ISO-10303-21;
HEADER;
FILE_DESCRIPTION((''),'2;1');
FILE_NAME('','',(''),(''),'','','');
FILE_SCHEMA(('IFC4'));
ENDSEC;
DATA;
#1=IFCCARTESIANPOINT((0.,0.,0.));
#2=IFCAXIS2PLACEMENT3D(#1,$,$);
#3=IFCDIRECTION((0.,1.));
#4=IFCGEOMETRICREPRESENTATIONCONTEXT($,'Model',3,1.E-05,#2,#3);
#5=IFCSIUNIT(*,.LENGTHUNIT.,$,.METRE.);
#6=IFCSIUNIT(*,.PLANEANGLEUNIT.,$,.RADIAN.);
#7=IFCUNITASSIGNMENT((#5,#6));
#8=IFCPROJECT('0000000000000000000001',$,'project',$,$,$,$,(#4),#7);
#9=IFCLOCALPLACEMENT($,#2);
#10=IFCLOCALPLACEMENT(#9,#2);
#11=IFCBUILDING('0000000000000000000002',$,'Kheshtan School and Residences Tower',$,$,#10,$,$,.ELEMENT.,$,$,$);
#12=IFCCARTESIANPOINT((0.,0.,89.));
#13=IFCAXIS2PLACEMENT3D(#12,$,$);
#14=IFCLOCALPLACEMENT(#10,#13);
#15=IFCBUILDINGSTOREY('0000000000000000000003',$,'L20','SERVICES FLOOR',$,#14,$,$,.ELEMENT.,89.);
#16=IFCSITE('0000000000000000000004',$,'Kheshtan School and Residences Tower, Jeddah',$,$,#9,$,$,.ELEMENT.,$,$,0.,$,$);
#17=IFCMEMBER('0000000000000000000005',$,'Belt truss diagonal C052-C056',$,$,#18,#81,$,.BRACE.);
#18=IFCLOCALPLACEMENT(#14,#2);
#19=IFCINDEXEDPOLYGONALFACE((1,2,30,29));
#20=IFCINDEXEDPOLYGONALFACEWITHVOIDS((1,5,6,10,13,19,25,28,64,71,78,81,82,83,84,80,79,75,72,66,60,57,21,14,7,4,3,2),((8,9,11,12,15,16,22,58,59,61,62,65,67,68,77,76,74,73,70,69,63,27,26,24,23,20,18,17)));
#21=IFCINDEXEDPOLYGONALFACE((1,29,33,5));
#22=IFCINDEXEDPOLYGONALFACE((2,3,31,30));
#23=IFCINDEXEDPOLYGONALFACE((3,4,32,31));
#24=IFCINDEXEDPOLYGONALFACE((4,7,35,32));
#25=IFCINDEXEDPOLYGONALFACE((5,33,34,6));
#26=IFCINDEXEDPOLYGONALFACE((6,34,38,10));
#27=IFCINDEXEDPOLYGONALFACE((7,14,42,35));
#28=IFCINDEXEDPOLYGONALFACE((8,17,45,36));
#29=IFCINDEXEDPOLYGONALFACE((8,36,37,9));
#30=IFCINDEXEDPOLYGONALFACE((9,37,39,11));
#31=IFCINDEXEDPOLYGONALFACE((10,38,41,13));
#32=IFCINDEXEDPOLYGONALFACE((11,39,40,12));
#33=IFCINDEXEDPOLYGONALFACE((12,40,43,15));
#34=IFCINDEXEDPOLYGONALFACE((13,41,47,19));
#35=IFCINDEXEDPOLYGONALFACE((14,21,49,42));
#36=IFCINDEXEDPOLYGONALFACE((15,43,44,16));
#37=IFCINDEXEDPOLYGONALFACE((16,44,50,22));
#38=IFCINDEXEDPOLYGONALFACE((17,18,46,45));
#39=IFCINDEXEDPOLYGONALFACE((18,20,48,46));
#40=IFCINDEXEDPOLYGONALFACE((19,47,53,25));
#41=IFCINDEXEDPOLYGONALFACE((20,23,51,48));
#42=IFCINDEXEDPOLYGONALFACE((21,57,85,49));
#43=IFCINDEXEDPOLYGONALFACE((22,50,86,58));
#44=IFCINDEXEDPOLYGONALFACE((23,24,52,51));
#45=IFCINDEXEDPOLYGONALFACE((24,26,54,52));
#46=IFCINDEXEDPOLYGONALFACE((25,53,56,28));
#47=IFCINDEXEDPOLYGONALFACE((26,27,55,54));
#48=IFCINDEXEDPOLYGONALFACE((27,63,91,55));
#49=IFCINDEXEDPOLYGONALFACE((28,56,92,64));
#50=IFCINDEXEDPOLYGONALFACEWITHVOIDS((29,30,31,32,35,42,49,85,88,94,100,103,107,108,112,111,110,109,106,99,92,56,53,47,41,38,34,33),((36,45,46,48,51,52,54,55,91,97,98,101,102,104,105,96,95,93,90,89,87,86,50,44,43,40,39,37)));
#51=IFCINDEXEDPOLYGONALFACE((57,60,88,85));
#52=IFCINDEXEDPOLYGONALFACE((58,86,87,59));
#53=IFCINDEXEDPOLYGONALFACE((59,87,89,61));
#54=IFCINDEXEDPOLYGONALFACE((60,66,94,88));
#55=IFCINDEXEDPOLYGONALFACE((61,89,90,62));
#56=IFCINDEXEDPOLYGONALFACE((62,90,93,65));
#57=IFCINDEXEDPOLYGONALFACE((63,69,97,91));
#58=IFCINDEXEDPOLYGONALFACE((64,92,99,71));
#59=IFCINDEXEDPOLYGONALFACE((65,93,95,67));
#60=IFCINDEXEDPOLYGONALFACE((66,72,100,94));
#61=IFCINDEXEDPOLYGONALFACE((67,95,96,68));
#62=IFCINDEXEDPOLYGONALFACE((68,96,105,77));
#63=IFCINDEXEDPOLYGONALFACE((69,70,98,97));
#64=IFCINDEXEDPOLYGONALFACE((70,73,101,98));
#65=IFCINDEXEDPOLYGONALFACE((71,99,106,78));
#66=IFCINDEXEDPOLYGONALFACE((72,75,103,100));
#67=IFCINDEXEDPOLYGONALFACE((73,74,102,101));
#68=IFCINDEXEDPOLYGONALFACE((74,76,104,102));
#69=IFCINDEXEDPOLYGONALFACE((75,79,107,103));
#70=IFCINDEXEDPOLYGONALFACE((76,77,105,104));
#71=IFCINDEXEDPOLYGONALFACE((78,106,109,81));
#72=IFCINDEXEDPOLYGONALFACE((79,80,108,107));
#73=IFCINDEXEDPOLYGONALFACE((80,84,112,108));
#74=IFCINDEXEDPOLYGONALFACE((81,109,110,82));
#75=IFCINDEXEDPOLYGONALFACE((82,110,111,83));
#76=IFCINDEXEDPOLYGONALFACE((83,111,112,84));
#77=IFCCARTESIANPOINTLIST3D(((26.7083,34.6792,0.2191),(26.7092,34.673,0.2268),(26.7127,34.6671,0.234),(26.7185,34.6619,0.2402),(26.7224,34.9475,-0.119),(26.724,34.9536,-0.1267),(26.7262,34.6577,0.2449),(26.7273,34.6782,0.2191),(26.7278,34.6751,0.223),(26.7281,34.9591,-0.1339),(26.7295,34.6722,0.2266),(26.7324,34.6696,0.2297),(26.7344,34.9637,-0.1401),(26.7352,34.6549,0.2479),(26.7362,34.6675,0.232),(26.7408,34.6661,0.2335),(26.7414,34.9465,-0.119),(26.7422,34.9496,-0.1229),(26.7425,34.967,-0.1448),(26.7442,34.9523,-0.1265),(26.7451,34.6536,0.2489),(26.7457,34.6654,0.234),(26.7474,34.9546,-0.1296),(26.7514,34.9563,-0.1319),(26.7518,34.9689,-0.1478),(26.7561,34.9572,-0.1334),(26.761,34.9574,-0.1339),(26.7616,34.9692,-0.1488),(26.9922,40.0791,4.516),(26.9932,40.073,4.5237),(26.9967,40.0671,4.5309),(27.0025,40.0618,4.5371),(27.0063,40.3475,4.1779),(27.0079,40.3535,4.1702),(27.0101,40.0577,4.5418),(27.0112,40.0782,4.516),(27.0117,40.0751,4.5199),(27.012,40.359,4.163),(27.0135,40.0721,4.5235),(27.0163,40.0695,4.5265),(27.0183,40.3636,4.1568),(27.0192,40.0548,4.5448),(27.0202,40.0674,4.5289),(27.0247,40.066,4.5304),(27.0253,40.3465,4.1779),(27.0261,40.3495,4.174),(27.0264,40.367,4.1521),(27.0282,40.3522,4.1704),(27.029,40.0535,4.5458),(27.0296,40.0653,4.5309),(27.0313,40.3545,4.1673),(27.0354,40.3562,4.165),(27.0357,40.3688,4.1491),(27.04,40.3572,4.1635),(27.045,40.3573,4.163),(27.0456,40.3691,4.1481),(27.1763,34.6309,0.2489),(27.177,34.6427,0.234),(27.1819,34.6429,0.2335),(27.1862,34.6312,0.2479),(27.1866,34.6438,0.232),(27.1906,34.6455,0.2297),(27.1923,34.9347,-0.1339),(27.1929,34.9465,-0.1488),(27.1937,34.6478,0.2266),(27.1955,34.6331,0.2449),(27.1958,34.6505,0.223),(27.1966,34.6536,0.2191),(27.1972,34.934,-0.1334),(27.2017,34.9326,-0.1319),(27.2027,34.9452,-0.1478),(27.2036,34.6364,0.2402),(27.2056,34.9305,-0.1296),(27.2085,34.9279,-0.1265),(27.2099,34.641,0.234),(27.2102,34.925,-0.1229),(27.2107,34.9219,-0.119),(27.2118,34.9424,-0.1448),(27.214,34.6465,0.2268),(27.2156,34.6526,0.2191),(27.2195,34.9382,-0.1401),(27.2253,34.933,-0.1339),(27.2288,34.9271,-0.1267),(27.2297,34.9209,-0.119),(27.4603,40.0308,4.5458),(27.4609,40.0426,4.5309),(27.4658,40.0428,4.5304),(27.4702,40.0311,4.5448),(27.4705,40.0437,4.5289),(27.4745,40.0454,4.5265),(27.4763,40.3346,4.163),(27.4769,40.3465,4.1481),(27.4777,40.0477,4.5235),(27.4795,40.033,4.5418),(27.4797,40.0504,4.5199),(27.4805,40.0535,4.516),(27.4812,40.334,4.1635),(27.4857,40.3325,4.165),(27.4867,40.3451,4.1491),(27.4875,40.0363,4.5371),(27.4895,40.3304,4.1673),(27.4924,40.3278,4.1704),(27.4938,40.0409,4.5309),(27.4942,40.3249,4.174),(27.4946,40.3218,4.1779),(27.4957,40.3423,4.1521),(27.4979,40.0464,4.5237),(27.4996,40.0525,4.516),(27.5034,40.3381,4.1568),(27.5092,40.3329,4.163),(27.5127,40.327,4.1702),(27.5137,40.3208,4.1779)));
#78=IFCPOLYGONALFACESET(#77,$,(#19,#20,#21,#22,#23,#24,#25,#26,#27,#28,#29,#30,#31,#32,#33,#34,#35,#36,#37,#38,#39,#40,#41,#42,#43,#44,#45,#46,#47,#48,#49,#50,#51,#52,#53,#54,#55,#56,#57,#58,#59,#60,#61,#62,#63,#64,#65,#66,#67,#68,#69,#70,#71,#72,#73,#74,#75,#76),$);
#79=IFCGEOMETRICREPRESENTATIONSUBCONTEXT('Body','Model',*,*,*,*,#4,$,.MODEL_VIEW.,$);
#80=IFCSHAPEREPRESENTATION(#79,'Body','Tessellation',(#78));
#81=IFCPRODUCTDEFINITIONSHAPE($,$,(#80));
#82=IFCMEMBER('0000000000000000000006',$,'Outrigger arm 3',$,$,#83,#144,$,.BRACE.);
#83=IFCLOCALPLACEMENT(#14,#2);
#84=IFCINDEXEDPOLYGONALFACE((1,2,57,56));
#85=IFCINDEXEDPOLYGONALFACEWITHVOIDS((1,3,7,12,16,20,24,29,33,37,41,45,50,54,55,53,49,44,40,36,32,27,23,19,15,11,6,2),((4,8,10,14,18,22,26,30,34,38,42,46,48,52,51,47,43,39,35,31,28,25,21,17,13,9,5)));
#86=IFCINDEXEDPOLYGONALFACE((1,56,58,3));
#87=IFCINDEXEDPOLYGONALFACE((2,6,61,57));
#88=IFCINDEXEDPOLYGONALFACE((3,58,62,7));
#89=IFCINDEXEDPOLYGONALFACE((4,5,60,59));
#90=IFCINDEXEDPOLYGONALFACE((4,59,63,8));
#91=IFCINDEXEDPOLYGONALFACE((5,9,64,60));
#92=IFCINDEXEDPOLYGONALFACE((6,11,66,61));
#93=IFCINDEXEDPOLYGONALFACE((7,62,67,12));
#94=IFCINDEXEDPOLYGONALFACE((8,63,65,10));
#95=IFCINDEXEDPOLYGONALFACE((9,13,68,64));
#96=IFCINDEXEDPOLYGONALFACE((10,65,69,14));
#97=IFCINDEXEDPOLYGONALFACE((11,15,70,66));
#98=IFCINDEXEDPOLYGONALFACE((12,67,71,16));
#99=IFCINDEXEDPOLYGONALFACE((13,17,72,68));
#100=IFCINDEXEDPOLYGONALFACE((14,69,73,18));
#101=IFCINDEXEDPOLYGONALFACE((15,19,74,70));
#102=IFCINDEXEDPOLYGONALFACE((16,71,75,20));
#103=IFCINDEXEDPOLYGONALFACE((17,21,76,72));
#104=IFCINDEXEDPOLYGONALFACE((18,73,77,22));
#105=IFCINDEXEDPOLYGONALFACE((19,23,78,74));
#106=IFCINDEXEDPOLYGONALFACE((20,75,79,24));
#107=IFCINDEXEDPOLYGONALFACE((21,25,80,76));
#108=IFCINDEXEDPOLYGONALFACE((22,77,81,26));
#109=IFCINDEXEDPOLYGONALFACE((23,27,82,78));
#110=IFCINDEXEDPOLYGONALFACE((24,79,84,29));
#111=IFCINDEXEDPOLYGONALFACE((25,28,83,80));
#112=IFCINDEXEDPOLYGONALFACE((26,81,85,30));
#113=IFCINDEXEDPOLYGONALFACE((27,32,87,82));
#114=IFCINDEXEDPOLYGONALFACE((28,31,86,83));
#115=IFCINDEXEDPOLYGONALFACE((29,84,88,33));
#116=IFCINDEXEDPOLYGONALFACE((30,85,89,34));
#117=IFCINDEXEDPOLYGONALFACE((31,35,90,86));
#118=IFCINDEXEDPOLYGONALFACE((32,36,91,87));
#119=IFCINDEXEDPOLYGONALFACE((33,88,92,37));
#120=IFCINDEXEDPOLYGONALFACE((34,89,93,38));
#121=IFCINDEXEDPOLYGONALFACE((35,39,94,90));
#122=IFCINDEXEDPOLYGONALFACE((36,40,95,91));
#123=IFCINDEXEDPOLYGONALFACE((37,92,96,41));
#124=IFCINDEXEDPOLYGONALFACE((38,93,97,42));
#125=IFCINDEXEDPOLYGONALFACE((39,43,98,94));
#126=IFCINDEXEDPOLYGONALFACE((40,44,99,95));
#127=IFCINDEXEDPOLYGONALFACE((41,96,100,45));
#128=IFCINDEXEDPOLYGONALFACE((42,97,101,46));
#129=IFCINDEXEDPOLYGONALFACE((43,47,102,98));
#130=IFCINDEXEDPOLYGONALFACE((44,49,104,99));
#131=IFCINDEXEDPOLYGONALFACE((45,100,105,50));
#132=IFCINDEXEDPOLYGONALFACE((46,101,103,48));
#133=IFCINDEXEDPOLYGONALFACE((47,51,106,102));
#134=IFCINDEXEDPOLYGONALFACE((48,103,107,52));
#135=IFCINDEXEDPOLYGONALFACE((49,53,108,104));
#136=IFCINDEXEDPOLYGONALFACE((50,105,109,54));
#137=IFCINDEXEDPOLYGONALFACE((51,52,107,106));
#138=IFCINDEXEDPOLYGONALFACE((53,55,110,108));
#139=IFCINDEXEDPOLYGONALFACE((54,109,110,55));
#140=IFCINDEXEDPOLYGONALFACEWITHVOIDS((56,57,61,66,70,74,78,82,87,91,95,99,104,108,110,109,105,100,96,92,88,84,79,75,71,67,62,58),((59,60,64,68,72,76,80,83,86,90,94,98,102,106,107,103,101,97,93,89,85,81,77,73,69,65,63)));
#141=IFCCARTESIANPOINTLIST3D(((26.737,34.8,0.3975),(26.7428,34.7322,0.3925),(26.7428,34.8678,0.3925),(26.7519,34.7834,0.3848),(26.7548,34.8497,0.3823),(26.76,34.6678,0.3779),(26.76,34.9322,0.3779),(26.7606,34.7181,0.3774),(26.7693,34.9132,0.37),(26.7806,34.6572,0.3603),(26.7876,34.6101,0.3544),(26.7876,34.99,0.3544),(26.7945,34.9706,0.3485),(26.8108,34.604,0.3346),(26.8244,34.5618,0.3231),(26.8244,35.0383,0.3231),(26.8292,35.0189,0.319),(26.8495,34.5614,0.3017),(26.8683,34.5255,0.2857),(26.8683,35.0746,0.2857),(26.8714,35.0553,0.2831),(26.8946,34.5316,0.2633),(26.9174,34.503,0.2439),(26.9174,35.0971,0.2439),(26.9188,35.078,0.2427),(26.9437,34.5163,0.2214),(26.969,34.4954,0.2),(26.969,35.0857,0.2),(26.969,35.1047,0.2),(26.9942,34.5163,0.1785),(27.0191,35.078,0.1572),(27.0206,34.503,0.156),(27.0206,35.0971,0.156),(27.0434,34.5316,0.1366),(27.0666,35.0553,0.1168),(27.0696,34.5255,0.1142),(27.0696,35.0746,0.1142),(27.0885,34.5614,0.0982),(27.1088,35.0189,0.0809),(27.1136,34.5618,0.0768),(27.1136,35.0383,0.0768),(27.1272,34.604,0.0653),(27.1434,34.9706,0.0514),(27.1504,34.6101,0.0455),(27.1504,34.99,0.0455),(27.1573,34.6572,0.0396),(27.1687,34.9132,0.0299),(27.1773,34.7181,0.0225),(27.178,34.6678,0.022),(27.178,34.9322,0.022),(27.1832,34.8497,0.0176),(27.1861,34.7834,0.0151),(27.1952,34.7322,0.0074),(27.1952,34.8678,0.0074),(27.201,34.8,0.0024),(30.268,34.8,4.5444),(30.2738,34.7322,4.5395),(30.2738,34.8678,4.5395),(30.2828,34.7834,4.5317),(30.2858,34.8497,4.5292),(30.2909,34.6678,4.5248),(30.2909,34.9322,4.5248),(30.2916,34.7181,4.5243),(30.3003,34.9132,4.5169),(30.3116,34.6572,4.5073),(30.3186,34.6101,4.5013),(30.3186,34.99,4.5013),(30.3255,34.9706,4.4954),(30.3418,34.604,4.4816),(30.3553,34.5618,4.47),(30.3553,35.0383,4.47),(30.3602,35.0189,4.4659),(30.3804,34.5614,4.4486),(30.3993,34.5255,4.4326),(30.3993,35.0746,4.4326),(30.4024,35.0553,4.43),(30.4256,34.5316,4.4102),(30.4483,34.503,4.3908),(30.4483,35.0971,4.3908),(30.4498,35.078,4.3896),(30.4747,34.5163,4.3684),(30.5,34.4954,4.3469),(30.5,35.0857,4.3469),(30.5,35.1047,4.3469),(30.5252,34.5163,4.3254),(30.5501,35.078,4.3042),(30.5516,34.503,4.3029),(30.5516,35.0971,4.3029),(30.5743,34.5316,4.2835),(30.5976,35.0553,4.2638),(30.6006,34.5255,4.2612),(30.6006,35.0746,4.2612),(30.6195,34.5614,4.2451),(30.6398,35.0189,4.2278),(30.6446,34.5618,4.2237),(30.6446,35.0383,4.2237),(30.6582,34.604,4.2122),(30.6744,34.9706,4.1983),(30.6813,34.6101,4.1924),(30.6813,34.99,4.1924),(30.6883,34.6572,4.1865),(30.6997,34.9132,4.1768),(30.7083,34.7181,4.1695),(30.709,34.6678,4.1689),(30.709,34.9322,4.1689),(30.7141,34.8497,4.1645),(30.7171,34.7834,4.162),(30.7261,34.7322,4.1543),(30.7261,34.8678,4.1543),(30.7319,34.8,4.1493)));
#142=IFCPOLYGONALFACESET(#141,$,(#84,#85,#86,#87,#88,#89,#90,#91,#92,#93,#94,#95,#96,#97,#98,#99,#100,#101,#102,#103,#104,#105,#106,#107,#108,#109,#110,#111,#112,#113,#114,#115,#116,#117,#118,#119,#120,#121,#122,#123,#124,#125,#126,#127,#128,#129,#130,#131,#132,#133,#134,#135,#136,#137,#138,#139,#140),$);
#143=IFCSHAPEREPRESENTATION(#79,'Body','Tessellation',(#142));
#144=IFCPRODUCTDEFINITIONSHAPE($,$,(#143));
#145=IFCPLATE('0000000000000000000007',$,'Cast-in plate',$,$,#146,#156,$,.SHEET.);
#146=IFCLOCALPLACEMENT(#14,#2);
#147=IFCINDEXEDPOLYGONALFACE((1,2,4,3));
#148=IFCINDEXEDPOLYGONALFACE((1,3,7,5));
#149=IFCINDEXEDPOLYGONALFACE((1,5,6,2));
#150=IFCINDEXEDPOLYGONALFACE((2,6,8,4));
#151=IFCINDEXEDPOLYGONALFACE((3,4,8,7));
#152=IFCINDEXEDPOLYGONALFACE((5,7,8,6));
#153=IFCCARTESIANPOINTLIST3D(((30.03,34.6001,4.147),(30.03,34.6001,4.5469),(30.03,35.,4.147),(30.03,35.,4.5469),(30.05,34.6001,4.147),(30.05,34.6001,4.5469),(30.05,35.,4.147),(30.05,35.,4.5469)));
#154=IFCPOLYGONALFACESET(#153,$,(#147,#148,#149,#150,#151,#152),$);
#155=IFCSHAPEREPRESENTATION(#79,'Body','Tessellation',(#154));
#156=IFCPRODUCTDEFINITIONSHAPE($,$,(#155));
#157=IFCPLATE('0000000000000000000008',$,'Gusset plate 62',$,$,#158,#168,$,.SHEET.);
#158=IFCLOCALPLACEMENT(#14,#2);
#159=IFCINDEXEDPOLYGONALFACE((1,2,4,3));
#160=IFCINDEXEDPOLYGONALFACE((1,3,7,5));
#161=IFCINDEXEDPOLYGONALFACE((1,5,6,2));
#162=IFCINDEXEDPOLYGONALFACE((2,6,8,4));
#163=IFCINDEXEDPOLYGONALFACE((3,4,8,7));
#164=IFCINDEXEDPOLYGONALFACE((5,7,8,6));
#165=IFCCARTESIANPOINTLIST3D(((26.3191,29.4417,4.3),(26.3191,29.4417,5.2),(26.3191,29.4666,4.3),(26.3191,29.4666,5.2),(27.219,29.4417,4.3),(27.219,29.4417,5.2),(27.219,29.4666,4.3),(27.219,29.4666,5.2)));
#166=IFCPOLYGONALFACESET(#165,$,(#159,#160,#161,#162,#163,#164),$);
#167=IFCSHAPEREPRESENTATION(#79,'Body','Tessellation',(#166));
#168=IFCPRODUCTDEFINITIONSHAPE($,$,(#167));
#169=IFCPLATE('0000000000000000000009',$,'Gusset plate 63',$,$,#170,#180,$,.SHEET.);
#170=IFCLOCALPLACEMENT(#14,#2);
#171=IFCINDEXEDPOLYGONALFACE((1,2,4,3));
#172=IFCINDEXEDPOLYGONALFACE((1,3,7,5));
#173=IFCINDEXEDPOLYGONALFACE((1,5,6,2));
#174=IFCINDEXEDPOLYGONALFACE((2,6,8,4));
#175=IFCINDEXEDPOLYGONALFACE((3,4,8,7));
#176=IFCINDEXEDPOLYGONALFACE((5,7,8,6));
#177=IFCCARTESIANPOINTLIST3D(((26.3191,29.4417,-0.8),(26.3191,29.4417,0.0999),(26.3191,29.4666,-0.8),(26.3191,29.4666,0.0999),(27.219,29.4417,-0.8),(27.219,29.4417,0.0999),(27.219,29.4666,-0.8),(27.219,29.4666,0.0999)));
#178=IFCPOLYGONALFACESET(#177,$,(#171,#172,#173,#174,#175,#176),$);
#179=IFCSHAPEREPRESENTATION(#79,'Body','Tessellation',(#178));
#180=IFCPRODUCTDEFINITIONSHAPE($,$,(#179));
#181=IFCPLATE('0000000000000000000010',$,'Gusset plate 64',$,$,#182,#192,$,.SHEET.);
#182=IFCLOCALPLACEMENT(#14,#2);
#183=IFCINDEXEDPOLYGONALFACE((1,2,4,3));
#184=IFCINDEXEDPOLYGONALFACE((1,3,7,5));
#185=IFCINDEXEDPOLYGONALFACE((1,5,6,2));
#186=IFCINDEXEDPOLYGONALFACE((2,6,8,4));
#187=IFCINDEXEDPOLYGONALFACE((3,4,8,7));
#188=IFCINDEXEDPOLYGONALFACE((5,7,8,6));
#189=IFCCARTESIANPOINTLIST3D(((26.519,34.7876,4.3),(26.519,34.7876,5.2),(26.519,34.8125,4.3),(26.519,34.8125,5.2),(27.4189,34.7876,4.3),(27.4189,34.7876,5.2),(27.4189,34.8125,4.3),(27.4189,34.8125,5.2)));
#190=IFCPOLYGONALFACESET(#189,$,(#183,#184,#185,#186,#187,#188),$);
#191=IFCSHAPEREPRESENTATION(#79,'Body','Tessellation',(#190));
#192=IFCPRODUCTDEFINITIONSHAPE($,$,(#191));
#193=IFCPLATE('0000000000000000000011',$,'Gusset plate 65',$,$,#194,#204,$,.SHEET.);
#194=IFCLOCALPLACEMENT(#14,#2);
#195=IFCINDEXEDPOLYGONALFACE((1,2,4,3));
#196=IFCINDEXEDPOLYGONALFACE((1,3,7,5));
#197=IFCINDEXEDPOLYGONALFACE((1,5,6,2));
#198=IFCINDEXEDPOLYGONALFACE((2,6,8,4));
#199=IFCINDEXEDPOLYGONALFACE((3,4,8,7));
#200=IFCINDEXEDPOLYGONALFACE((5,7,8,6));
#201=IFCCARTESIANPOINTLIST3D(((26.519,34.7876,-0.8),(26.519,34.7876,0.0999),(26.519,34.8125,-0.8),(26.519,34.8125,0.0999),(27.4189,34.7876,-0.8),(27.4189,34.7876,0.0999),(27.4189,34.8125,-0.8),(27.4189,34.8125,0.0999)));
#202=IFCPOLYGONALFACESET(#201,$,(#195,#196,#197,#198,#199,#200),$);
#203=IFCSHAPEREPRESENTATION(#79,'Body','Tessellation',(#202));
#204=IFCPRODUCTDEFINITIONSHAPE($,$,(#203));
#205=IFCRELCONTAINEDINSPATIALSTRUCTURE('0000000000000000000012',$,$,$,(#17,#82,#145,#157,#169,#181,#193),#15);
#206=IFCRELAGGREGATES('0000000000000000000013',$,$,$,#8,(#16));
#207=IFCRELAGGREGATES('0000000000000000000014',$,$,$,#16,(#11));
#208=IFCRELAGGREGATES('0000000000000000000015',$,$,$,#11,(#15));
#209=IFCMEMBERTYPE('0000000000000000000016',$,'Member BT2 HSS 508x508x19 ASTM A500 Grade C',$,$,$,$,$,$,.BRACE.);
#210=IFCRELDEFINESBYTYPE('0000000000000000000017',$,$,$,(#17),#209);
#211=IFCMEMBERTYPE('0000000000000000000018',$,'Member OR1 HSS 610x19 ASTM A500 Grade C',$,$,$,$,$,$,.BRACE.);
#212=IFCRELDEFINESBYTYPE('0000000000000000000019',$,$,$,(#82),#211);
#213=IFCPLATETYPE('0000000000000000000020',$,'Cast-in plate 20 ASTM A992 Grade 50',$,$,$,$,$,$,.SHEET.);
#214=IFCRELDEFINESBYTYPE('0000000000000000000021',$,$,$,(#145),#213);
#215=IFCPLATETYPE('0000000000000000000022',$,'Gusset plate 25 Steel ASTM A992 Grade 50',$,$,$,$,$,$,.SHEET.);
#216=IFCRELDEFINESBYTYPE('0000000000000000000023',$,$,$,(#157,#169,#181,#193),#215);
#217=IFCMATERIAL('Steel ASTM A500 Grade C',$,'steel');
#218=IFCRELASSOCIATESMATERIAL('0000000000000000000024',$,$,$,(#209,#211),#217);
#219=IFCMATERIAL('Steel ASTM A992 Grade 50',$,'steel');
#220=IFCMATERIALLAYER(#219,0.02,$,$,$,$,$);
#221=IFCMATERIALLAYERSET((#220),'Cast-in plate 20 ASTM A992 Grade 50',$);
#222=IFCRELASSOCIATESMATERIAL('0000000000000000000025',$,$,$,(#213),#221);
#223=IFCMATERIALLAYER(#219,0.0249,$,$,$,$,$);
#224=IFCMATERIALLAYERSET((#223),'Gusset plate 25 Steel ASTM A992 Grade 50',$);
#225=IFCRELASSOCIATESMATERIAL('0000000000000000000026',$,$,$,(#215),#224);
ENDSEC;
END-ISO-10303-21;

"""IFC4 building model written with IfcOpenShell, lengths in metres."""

from ifc_helpers import new_model, si_unit, direction, frame, origin, origin_2d, place, context, subcontext, project, spatial, rectangle, hollow_rectangle, hollow_circle, extrude, material, layer, layer_set, material_profile, profile_set, type_object, element, save


model = new_model("IFC4")

# Units and contexts
model_context = context("Model", 3, precision=1e-05, world=origin(), true_north=direction((0.0, 1.0)))
body_context = subcontext(model_context, "Body", "Model", "MODEL_VIEW")
ifc_project = project(units=[si_unit("LENGTHUNIT", "METRE"), si_unit("PLANEANGLEUNIT", "RADIAN")], contexts=[model_context])

# Site, building, storey
site_placement = place(None, origin())
site = spatial("IfcSite", under=ifc_project, at=site_placement, Name="Kheshtan School and Residences Tower, Jeddah", CompositionType="ELEMENT", RefElevation=0.0)
building_placement = place(site_placement, origin())
building = spatial("IfcBuilding", under=site, at=building_placement, Name="Kheshtan School and Residences Tower", CompositionType="ELEMENT")
storey_placement = place(building_placement, frame((0.0, 0.0, 89.0)))
storey = spatial("IfcBuildingStorey", under=building, at=storey_placement, Name="L20", Description="SERVICES FLOOR", CompositionType="ELEMENT", Elevation=89.0)

# Shared definitions
ifc_material_1 = material(Name="Steel ASTM A992 Grade 50", Category="steel")

# Members
ifc_material_2 = material(Name="Steel ASTM A500 Grade C", Category="steel")
ifc_material_profile_1 = material_profile(ifc_material_2, hollow_rectangle(XDim=0.5081, YDim=0.5081, WallThickness=0.019, InnerFilletRadius=0.019, OuterFilletRadius=0.0381, at=origin_2d()), Name="HSS 508x508x19")
ifc_profile_set_1 = profile_set([ifc_material_profile_1], Name="Steel ASTM A500 Grade C")
member_type_1 = type_object("IfcMemberType", Name="Member BT2 HSS 508x508x19 ASTM A500 Grade C", PredefinedType="BRACE", material=ifc_profile_set_1)
member_1_placement = place(storey_placement, frame((26.969, 34.8, 0.05), z_axis=(0.04111, 0.781834, 0.62213), x_axis=(-0.99862, 0.052509, 0.0)))
element("IfcMember", 1, at=member_1_placement, inside=storey, type_object=member_type_1, Name="Belt truss diagonal C052-C056", PredefinedType="BRACE", context=body_context, shape_type="SweptSolid", body=[
    extrude(hollow_rectangle(XDim=0.5081, YDim=0.5081, WallThickness=0.019, InnerFilletRadius=0.019, OuterFilletRadius=0.0381, at=origin_2d()), origin(), (0.0, 0.0, 1.0), 6.9067),
])
ifc_material_profile_2 = material_profile(ifc_material_2, hollow_circle(Radius=0.3047, WallThickness=0.019, at=origin_2d()), Name="HSS 610x19")
ifc_profile_set_2 = profile_set([ifc_material_profile_2], Name="Steel ASTM A500 Grade C")
member_type_2 = type_object("IfcMemberType", Name="Member OR1 HSS 610x19 ASTM A500 Grade C", PredefinedType="BRACE", material=ifc_profile_set_2)
member_2_placement = place(storey_placement, frame((26.969, 34.8, 0.2), z_axis=(0.648296, 0.0, 0.761388), x_axis=(0.0, 1.0, 0.0)))
element("IfcMember", 2, at=member_2_placement, inside=storey, type_object=member_type_2, Name="Outrigger arm 3", PredefinedType="BRACE", context=body_context, shape_type="SweptSolid", body=[
    extrude(hollow_circle(Radius=0.3047, WallThickness=0.019, at=origin_2d()), origin(), (0.0, 0.0, 1.0), 5.4465),
])

# Plate
ifc_layer_1 = layer(ifc_material_1, 0.02)
ifc_layer_set_1 = layer_set([ifc_layer_1], Name="Cast-in plate 20 ASTM A992 Grade 50")
plate_type_1 = type_object("IfcPlateType", Name="Cast-in plate 20 ASTM A992 Grade 50", PredefinedType="SHEET", material=ifc_layer_set_1)
plate_placement = place(storey_placement, frame((30.04, 34.8, 4.147), z_axis=(0.0, 0.0, 1.0), x_axis=(0.0, 1.0, 0.0)))
element("IfcPlate", 3, at=plate_placement, inside=storey, type_object=plate_type_1, Name="Cast-in plate", PredefinedType="SHEET", context=body_context, shape_type="SweptSolid", body=[
    extrude(rectangle(XDim=0.3999, YDim=0.02, at=origin_2d()), origin(), (0.0, 0.0, 1.0), 0.3999),
])

# Plates
ifc_layer_2 = layer(ifc_material_1, 0.0249)
ifc_layer_set_2 = layer_set([ifc_layer_2], Name="Gusset plate 25 Steel ASTM A992 Grade 50")
plate_type_2 = type_object("IfcPlateType", Name="Gusset plate 25 Steel ASTM A992 Grade 50", PredefinedType="SHEET", material=ifc_layer_set_2)
for number, where, z_axis, x_axis, name in (
    (4, (26.769, 29.4541, 4.3), (0.0, 0.0, 1.0), (1.0, 0.0, 0.0), "Gusset plate 62"),
    (5, (26.769, 29.4541, -0.8), (0.0, 0.0, 1.0), (1.0, 0.0, 0.0), "Gusset plate 63"),
    (6, (26.969, 34.8, 4.3), (0.0, 0.0, 1.0), (1.0, 0.0, 0.0), "Gusset plate 64"),
    (7, (26.969, 34.8, -0.8), (0.0, 0.0, 1.0), (1.0, 0.0, 0.0), "Gusset plate 65"),
):
    element("IfcPlate", number, at=place(storey_placement, frame(where, z_axis=z_axis, x_axis=x_axis)), inside=storey, type_object=plate_type_2, Name=name, PredefinedType="SHEET", context=body_context, shape_type="SweptSolid", body=[
        extrude(rectangle(XDim=0.8999, YDim=0.0249, at=origin_2d()), origin(), (0.0, 0.0, 1.0), 0.8999),
    ])

save(model, "model.ifc")
